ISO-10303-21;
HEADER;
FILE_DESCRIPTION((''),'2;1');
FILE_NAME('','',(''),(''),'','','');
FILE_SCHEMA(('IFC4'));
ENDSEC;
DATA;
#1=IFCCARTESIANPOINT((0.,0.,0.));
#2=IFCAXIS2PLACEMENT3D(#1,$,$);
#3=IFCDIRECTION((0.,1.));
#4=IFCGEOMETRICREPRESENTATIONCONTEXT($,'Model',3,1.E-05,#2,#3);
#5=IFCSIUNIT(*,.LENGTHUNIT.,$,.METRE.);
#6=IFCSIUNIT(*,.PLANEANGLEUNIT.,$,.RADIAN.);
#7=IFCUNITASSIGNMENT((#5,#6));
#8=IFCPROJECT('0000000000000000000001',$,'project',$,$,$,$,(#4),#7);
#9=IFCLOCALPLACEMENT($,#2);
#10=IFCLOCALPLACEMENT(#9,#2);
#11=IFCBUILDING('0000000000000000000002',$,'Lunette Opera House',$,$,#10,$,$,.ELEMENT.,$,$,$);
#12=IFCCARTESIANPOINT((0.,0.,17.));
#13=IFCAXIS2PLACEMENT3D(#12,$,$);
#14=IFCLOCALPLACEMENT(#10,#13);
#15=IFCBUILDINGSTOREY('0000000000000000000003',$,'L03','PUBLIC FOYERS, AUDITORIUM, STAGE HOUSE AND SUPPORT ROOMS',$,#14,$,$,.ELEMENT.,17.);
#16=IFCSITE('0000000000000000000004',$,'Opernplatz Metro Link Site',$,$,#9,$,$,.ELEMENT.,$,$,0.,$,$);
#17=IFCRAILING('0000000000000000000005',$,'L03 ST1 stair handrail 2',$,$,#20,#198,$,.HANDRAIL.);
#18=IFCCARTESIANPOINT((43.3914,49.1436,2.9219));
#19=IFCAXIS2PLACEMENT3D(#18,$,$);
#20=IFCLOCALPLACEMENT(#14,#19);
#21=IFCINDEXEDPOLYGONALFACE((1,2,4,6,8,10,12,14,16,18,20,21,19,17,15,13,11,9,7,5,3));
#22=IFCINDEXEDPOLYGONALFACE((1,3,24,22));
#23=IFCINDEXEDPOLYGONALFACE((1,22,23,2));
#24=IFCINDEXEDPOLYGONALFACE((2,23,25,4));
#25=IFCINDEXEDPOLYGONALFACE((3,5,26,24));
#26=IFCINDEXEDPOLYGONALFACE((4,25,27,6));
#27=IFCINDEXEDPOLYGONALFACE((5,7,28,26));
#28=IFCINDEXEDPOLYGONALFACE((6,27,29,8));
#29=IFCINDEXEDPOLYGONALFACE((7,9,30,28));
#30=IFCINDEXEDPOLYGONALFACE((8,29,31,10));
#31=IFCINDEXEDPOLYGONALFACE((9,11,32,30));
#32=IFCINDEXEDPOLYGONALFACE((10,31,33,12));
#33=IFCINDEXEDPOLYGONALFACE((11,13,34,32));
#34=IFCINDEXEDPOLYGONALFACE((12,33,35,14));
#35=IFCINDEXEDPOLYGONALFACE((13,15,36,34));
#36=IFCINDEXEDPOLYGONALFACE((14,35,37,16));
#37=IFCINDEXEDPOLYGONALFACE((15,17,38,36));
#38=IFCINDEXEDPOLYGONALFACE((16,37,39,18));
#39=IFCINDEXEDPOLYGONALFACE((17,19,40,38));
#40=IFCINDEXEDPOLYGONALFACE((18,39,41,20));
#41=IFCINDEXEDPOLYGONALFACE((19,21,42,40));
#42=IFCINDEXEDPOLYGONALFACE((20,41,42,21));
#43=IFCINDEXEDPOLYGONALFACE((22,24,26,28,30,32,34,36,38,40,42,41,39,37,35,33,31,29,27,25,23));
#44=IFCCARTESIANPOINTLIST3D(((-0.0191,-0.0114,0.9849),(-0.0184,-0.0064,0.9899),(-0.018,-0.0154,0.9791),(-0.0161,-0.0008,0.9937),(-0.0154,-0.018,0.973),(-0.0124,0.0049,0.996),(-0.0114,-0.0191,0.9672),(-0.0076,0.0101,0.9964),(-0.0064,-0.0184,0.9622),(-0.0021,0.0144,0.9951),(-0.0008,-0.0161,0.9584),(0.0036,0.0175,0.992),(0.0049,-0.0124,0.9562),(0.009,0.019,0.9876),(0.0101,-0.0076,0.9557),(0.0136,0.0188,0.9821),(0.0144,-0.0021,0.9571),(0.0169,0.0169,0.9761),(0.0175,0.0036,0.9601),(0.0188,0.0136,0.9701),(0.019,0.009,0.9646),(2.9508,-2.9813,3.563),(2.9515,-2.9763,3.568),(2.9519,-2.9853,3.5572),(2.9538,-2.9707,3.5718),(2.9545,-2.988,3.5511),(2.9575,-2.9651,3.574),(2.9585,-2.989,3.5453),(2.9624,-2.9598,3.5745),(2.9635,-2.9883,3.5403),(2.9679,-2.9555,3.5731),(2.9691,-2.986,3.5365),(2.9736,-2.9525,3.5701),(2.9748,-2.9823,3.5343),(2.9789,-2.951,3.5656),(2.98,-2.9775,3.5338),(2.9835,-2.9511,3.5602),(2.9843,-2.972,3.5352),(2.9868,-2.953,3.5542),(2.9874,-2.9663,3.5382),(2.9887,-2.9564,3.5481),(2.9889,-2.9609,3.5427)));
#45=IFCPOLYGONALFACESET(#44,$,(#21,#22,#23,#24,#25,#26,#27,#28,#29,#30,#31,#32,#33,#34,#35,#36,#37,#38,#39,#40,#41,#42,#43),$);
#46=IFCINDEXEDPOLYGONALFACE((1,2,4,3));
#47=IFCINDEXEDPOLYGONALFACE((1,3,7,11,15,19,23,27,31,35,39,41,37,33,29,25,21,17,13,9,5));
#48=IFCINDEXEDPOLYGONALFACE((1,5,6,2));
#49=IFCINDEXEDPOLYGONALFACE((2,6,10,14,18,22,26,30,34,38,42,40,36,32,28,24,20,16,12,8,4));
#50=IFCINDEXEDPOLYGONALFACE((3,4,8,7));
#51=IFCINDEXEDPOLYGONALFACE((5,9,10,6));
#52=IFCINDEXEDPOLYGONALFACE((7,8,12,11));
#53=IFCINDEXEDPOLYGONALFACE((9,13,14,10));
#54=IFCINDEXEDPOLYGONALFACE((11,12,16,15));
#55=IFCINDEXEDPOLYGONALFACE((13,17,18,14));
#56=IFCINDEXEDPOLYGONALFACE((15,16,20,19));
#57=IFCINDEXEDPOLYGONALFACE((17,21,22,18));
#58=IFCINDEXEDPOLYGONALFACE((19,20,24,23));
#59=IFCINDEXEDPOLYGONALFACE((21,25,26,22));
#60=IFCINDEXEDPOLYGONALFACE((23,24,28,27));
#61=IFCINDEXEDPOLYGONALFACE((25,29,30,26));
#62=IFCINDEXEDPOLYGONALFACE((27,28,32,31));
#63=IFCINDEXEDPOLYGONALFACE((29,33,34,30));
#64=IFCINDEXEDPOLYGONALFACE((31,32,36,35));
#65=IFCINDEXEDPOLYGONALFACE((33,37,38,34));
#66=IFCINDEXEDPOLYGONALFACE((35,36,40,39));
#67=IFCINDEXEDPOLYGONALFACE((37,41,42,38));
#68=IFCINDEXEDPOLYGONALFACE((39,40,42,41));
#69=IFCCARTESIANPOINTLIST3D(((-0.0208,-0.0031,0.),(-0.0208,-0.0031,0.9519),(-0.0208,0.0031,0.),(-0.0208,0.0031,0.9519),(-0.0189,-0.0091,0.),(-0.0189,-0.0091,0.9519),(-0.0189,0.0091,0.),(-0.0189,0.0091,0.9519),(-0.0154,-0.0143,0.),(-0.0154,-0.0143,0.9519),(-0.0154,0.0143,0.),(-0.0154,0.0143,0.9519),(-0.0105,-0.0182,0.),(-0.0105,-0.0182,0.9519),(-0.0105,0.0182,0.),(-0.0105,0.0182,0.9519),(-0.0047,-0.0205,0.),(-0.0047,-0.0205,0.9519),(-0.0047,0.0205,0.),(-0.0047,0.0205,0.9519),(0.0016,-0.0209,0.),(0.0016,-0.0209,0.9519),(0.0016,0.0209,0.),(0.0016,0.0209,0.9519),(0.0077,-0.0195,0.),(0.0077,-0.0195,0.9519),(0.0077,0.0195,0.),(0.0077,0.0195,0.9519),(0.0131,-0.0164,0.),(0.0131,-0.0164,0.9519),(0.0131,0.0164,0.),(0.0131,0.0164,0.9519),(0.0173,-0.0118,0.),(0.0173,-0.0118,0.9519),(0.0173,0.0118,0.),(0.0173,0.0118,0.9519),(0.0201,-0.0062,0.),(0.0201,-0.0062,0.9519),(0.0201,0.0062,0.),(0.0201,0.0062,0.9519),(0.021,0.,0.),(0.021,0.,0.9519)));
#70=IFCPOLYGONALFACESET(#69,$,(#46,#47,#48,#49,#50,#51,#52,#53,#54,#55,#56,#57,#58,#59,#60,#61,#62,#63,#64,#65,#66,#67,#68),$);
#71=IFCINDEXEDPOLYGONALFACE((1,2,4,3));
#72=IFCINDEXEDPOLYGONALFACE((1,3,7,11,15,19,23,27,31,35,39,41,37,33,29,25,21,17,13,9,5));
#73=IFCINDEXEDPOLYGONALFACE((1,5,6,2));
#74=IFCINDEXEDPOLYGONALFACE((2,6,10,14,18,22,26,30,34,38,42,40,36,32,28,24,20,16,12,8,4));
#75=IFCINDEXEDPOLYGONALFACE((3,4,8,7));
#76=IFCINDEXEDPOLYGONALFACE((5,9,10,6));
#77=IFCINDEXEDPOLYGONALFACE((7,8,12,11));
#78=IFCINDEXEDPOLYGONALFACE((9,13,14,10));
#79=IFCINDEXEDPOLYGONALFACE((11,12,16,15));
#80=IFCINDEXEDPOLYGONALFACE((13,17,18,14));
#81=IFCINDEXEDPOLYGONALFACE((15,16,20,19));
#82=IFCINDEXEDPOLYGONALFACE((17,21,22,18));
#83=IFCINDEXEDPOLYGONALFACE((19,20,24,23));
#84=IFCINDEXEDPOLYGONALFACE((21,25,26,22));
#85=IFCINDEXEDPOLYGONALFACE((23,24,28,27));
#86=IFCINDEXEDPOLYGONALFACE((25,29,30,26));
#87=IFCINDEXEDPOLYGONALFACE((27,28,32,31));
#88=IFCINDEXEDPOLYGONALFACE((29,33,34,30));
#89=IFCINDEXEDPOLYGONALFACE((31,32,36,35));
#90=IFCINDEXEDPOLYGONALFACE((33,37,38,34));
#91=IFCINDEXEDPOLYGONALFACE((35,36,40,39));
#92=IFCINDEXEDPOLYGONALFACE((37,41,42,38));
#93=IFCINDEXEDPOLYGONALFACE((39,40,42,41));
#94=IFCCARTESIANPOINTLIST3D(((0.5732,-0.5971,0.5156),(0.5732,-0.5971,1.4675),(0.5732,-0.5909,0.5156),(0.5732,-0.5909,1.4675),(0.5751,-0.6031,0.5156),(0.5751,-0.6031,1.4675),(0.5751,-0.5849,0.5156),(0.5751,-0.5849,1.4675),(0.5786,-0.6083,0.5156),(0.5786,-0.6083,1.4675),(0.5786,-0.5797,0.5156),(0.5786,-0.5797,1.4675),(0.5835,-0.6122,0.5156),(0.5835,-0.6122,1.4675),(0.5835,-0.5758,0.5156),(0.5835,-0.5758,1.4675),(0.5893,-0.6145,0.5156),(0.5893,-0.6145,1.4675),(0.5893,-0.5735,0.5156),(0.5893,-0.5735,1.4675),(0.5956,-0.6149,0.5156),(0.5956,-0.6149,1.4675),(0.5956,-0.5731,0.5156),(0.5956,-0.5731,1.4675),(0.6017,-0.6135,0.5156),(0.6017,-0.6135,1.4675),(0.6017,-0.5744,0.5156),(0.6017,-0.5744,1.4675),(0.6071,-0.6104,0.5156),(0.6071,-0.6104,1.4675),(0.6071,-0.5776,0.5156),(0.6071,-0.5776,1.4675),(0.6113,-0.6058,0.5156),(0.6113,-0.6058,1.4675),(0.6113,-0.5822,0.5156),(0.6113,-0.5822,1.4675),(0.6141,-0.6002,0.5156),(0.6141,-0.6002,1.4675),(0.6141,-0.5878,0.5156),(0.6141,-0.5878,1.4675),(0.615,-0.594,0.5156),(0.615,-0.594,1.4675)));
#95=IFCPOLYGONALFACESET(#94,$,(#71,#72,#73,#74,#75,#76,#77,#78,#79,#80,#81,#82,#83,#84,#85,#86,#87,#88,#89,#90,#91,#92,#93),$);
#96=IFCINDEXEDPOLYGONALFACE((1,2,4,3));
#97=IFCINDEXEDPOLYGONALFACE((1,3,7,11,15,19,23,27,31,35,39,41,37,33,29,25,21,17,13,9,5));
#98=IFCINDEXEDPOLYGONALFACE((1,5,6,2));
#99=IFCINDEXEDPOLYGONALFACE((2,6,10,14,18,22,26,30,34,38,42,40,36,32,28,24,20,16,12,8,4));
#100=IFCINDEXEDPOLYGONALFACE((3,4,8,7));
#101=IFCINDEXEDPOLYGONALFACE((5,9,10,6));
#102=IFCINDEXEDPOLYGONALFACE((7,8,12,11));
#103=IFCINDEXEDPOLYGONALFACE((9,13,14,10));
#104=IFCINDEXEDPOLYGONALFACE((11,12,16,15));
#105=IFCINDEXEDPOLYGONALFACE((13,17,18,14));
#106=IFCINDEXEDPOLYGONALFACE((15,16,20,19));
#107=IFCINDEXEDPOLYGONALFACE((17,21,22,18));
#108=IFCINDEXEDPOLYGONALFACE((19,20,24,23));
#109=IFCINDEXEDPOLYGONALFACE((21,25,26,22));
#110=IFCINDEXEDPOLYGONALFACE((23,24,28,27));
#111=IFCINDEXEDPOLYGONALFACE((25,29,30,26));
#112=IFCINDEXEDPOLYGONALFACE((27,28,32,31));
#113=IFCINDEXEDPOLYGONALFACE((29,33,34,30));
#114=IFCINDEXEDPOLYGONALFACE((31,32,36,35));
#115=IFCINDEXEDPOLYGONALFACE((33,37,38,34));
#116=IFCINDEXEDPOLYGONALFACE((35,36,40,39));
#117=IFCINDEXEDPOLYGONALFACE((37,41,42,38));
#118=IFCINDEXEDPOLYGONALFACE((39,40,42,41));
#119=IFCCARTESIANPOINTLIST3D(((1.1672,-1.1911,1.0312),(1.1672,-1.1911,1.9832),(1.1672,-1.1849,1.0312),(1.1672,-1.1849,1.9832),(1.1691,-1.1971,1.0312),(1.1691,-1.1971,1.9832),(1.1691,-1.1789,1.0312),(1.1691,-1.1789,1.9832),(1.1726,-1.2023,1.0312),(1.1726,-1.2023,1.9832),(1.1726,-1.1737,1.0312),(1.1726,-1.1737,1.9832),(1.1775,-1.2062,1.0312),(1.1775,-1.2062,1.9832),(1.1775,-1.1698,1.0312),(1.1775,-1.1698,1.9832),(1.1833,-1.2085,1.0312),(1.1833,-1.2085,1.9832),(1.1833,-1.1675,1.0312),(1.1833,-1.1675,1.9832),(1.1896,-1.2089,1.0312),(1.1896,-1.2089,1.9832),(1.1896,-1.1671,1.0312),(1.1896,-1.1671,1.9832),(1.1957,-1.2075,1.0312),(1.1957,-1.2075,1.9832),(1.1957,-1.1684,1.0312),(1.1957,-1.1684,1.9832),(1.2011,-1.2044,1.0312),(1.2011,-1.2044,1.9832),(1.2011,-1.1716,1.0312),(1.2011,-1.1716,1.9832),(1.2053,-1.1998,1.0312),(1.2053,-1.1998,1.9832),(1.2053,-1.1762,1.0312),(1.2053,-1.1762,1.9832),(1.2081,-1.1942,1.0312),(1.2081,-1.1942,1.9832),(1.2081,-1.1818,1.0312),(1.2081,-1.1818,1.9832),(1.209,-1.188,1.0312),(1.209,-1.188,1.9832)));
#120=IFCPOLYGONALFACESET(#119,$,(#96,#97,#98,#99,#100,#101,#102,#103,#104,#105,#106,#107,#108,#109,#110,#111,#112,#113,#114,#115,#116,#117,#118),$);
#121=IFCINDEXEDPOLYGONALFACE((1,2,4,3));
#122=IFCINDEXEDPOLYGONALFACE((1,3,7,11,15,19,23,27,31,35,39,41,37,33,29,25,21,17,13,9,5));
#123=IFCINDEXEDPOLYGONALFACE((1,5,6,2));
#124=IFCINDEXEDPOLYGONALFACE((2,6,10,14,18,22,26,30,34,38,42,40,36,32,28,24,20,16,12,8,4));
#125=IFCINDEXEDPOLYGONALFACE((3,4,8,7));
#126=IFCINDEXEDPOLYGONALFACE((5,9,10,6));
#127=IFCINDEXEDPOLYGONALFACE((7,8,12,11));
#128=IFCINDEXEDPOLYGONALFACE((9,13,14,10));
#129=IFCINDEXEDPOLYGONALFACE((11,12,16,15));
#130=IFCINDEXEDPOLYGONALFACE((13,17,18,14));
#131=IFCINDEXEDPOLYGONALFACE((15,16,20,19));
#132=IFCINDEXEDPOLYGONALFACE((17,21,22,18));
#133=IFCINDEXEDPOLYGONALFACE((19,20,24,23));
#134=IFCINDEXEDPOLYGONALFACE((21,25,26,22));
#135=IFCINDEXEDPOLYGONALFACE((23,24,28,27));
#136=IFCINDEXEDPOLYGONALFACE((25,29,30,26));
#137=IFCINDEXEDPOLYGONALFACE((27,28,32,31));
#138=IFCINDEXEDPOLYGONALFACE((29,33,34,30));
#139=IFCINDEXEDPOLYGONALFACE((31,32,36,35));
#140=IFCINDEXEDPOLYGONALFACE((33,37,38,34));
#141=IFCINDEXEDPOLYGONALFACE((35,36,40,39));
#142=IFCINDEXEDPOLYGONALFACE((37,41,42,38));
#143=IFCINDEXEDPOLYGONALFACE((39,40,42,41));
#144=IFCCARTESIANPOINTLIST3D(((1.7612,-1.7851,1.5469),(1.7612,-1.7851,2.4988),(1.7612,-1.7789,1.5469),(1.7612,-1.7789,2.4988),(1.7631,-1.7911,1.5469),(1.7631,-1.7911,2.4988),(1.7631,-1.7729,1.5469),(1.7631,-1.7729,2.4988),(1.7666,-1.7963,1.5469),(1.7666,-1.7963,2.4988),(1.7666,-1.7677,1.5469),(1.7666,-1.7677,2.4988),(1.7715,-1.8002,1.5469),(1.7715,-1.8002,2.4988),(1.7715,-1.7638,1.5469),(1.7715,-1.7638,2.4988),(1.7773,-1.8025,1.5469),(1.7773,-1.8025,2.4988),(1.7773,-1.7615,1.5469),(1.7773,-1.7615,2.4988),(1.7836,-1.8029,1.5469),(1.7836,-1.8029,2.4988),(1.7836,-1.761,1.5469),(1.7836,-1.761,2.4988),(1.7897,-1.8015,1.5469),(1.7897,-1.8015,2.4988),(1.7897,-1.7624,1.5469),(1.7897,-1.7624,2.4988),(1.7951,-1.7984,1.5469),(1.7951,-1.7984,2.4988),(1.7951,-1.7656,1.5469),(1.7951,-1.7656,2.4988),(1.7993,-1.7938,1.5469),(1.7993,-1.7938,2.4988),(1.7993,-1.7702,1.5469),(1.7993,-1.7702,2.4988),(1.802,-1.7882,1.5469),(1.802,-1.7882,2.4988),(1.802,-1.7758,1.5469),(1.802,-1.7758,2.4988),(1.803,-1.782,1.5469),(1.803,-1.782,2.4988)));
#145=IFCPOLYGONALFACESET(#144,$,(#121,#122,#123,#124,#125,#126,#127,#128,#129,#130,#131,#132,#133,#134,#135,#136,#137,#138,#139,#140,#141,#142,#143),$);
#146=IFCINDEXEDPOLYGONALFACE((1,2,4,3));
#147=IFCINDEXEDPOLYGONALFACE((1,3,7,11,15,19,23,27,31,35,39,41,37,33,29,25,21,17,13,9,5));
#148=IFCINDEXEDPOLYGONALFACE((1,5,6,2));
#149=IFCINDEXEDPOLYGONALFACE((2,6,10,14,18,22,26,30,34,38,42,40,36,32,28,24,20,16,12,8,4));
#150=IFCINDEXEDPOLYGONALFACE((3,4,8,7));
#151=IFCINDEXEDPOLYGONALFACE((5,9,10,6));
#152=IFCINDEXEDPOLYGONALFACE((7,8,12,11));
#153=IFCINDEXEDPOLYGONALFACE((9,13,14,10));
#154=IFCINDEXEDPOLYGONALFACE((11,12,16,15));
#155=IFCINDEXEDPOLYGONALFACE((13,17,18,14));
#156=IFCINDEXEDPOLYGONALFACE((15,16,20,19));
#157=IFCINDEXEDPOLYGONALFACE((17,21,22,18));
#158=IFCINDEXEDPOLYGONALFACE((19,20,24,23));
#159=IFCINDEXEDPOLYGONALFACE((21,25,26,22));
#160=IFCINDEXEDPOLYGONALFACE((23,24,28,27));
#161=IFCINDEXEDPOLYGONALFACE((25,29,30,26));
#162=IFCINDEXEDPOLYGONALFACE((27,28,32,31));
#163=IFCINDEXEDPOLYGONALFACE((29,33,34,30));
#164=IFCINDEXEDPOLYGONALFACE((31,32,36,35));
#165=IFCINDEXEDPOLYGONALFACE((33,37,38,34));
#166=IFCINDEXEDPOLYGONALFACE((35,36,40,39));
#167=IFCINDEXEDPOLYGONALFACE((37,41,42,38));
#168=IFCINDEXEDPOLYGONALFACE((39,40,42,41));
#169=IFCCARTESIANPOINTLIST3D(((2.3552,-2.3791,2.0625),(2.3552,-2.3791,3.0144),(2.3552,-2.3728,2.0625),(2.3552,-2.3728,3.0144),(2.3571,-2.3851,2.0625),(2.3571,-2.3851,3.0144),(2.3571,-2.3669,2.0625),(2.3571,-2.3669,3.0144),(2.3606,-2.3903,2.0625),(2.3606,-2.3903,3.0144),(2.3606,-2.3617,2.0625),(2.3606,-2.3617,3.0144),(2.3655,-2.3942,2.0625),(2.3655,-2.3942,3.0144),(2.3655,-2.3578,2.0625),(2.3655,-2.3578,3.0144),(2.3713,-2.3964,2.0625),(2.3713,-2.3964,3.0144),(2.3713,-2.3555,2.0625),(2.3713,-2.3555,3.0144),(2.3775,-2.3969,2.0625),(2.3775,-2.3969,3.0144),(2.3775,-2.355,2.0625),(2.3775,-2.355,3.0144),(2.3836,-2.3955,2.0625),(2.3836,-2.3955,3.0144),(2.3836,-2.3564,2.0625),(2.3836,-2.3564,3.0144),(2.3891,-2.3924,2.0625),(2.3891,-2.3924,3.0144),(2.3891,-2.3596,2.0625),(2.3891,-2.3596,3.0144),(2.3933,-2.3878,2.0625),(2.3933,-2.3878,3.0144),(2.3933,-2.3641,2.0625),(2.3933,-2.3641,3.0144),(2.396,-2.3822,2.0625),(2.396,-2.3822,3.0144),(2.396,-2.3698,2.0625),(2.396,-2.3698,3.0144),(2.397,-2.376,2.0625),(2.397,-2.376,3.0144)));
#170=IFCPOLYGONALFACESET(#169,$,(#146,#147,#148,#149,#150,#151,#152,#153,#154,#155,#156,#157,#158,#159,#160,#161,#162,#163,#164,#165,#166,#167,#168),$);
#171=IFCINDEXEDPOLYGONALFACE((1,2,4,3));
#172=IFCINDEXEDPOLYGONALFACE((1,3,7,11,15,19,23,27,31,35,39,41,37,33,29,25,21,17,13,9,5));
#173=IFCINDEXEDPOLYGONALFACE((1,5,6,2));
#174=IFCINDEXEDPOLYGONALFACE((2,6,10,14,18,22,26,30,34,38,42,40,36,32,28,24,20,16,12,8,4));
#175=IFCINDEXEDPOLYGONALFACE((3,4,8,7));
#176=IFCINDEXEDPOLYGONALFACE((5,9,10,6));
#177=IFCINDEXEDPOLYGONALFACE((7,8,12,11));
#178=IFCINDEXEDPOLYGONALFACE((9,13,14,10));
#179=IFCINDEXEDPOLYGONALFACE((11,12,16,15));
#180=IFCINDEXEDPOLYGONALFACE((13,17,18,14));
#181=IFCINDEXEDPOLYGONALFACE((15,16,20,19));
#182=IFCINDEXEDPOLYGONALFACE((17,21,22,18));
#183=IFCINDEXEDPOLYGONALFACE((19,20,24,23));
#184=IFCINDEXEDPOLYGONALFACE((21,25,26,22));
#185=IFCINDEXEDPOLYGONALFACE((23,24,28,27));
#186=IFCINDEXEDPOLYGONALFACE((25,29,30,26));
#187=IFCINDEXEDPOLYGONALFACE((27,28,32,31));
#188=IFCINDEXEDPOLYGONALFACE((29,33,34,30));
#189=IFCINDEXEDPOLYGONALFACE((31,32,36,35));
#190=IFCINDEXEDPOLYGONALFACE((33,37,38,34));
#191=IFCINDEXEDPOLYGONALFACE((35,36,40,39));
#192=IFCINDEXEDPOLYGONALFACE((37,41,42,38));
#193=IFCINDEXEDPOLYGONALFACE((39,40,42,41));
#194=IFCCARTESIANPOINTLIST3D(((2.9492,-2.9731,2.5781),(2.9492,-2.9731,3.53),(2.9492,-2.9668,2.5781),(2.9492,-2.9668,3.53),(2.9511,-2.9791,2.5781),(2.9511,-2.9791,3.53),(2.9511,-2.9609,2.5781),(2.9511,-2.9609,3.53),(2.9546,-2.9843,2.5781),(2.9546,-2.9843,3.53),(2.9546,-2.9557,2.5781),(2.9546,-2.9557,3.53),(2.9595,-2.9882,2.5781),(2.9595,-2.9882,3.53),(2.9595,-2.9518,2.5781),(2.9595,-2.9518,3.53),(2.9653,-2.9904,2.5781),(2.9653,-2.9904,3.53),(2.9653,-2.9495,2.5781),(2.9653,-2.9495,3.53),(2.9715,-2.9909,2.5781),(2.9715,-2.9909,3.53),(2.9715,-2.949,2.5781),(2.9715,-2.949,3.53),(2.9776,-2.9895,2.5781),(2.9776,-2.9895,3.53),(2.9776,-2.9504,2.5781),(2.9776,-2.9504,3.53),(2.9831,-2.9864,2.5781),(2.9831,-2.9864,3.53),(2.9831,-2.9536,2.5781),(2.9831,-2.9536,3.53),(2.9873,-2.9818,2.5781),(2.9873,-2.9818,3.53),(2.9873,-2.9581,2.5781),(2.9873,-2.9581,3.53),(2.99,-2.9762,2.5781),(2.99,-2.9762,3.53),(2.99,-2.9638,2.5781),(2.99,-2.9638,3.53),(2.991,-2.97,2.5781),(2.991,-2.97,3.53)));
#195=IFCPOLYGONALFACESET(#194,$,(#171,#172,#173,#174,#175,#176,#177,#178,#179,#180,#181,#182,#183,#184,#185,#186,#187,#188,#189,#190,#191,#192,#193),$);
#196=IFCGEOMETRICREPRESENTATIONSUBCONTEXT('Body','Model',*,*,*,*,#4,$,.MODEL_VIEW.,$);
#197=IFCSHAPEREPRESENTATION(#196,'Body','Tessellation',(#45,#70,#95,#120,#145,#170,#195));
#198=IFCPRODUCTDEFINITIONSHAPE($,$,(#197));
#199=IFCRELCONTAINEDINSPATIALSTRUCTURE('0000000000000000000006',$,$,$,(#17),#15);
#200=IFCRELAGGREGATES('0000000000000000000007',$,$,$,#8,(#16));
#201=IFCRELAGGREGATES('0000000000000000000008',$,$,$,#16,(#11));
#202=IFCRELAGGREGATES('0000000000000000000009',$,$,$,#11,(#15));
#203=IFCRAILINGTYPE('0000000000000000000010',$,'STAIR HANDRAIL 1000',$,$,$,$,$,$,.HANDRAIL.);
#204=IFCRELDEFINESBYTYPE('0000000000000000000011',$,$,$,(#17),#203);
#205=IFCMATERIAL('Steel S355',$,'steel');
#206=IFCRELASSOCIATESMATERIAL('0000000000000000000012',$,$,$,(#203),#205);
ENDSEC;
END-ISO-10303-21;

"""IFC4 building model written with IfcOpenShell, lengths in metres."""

from ifc_helpers import new_model, si_unit, direction, frame, origin, origin_2d, place, context, subcontext, project, spatial, circle, extrude, material, type_object, element, save


model = new_model("IFC4")

# Units and contexts
model_context = context("Model", 3, precision=1e-05, world=origin(), true_north=direction((0.0, 1.0)))
body_context = subcontext(model_context, "Body", "Model", "MODEL_VIEW")
ifc_project = project(units=[si_unit("LENGTHUNIT", "METRE"), si_unit("PLANEANGLEUNIT", "RADIAN")], contexts=[model_context])

# Site, building, storey
site_placement = place(None, origin())
site = spatial("IfcSite", under=ifc_project, at=site_placement, Name="Opernplatz Metro Link Site", CompositionType="ELEMENT", RefElevation=0.0)
building_placement = place(site_placement, origin())
building = spatial("IfcBuilding", under=site, at=building_placement, Name="Lunette Opera House", CompositionType="ELEMENT")
storey_placement = place(building_placement, frame((0.0, 0.0, 17.0)))
storey = spatial("IfcBuildingStorey", under=building, at=storey_placement, Name="L03", Description="PUBLIC FOYERS, AUDITORIUM, STAGE HOUSE AND SUPPORT ROOMS", CompositionType="ELEMENT", Elevation=17.0)

# Railing
ifc_material_1 = material(Name="Steel S355", Category="steel")
railing_type_1 = type_object("IfcRailingType", Name="STAIR HANDRAIL 1000", PredefinedType="HANDRAIL", material=ifc_material_1)
railing_1_placement = place(storey_placement, frame((43.3914, 49.1436, 2.9219)))
element("IfcRailing", 1, at=railing_1_placement, inside=storey, type_object=railing_type_1, Name="L03 ST1 stair handrail 2", PredefinedType="HANDRAIL", context=body_context, shape_type="SweptSolid", body=[
    extrude(circle(Radius=0.0239, at=origin_2d()), frame((0.0, 0.0, 0.9761), z_axis=(0.602635, -0.602635, 0.523126), x_axis=(0.707107, 0.707107, 0.0)), (0.0, 0.0, 1.0), 4.9282),
    extrude(circle(Radius=0.021, at=origin_2d()), origin(), (0.0, 0.0, 1.0), 0.9519),
    extrude(circle(Radius=0.021, at=origin_2d()), frame((0.594, -0.594, 0.5156)), (0.0, 0.0, 1.0), 0.9519),
    extrude(circle(Radius=0.021, at=origin_2d()), frame((1.188, -1.188, 1.0312)), (0.0, 0.0, 1.0), 0.9519),
    extrude(circle(Radius=0.021, at=origin_2d()), frame((1.782, -1.782, 1.5469)), (0.0, 0.0, 1.0), 0.9519),
    extrude(circle(Radius=0.021, at=origin_2d()), frame((2.376, -2.376, 2.0625)), (0.0, 0.0, 1.0), 0.9519),
    extrude(circle(Radius=0.021, at=origin_2d()), frame((2.97, -2.97, 2.5781)), (0.0, 0.0, 1.0), 0.9519),
])

save(model, "model.ifc")
